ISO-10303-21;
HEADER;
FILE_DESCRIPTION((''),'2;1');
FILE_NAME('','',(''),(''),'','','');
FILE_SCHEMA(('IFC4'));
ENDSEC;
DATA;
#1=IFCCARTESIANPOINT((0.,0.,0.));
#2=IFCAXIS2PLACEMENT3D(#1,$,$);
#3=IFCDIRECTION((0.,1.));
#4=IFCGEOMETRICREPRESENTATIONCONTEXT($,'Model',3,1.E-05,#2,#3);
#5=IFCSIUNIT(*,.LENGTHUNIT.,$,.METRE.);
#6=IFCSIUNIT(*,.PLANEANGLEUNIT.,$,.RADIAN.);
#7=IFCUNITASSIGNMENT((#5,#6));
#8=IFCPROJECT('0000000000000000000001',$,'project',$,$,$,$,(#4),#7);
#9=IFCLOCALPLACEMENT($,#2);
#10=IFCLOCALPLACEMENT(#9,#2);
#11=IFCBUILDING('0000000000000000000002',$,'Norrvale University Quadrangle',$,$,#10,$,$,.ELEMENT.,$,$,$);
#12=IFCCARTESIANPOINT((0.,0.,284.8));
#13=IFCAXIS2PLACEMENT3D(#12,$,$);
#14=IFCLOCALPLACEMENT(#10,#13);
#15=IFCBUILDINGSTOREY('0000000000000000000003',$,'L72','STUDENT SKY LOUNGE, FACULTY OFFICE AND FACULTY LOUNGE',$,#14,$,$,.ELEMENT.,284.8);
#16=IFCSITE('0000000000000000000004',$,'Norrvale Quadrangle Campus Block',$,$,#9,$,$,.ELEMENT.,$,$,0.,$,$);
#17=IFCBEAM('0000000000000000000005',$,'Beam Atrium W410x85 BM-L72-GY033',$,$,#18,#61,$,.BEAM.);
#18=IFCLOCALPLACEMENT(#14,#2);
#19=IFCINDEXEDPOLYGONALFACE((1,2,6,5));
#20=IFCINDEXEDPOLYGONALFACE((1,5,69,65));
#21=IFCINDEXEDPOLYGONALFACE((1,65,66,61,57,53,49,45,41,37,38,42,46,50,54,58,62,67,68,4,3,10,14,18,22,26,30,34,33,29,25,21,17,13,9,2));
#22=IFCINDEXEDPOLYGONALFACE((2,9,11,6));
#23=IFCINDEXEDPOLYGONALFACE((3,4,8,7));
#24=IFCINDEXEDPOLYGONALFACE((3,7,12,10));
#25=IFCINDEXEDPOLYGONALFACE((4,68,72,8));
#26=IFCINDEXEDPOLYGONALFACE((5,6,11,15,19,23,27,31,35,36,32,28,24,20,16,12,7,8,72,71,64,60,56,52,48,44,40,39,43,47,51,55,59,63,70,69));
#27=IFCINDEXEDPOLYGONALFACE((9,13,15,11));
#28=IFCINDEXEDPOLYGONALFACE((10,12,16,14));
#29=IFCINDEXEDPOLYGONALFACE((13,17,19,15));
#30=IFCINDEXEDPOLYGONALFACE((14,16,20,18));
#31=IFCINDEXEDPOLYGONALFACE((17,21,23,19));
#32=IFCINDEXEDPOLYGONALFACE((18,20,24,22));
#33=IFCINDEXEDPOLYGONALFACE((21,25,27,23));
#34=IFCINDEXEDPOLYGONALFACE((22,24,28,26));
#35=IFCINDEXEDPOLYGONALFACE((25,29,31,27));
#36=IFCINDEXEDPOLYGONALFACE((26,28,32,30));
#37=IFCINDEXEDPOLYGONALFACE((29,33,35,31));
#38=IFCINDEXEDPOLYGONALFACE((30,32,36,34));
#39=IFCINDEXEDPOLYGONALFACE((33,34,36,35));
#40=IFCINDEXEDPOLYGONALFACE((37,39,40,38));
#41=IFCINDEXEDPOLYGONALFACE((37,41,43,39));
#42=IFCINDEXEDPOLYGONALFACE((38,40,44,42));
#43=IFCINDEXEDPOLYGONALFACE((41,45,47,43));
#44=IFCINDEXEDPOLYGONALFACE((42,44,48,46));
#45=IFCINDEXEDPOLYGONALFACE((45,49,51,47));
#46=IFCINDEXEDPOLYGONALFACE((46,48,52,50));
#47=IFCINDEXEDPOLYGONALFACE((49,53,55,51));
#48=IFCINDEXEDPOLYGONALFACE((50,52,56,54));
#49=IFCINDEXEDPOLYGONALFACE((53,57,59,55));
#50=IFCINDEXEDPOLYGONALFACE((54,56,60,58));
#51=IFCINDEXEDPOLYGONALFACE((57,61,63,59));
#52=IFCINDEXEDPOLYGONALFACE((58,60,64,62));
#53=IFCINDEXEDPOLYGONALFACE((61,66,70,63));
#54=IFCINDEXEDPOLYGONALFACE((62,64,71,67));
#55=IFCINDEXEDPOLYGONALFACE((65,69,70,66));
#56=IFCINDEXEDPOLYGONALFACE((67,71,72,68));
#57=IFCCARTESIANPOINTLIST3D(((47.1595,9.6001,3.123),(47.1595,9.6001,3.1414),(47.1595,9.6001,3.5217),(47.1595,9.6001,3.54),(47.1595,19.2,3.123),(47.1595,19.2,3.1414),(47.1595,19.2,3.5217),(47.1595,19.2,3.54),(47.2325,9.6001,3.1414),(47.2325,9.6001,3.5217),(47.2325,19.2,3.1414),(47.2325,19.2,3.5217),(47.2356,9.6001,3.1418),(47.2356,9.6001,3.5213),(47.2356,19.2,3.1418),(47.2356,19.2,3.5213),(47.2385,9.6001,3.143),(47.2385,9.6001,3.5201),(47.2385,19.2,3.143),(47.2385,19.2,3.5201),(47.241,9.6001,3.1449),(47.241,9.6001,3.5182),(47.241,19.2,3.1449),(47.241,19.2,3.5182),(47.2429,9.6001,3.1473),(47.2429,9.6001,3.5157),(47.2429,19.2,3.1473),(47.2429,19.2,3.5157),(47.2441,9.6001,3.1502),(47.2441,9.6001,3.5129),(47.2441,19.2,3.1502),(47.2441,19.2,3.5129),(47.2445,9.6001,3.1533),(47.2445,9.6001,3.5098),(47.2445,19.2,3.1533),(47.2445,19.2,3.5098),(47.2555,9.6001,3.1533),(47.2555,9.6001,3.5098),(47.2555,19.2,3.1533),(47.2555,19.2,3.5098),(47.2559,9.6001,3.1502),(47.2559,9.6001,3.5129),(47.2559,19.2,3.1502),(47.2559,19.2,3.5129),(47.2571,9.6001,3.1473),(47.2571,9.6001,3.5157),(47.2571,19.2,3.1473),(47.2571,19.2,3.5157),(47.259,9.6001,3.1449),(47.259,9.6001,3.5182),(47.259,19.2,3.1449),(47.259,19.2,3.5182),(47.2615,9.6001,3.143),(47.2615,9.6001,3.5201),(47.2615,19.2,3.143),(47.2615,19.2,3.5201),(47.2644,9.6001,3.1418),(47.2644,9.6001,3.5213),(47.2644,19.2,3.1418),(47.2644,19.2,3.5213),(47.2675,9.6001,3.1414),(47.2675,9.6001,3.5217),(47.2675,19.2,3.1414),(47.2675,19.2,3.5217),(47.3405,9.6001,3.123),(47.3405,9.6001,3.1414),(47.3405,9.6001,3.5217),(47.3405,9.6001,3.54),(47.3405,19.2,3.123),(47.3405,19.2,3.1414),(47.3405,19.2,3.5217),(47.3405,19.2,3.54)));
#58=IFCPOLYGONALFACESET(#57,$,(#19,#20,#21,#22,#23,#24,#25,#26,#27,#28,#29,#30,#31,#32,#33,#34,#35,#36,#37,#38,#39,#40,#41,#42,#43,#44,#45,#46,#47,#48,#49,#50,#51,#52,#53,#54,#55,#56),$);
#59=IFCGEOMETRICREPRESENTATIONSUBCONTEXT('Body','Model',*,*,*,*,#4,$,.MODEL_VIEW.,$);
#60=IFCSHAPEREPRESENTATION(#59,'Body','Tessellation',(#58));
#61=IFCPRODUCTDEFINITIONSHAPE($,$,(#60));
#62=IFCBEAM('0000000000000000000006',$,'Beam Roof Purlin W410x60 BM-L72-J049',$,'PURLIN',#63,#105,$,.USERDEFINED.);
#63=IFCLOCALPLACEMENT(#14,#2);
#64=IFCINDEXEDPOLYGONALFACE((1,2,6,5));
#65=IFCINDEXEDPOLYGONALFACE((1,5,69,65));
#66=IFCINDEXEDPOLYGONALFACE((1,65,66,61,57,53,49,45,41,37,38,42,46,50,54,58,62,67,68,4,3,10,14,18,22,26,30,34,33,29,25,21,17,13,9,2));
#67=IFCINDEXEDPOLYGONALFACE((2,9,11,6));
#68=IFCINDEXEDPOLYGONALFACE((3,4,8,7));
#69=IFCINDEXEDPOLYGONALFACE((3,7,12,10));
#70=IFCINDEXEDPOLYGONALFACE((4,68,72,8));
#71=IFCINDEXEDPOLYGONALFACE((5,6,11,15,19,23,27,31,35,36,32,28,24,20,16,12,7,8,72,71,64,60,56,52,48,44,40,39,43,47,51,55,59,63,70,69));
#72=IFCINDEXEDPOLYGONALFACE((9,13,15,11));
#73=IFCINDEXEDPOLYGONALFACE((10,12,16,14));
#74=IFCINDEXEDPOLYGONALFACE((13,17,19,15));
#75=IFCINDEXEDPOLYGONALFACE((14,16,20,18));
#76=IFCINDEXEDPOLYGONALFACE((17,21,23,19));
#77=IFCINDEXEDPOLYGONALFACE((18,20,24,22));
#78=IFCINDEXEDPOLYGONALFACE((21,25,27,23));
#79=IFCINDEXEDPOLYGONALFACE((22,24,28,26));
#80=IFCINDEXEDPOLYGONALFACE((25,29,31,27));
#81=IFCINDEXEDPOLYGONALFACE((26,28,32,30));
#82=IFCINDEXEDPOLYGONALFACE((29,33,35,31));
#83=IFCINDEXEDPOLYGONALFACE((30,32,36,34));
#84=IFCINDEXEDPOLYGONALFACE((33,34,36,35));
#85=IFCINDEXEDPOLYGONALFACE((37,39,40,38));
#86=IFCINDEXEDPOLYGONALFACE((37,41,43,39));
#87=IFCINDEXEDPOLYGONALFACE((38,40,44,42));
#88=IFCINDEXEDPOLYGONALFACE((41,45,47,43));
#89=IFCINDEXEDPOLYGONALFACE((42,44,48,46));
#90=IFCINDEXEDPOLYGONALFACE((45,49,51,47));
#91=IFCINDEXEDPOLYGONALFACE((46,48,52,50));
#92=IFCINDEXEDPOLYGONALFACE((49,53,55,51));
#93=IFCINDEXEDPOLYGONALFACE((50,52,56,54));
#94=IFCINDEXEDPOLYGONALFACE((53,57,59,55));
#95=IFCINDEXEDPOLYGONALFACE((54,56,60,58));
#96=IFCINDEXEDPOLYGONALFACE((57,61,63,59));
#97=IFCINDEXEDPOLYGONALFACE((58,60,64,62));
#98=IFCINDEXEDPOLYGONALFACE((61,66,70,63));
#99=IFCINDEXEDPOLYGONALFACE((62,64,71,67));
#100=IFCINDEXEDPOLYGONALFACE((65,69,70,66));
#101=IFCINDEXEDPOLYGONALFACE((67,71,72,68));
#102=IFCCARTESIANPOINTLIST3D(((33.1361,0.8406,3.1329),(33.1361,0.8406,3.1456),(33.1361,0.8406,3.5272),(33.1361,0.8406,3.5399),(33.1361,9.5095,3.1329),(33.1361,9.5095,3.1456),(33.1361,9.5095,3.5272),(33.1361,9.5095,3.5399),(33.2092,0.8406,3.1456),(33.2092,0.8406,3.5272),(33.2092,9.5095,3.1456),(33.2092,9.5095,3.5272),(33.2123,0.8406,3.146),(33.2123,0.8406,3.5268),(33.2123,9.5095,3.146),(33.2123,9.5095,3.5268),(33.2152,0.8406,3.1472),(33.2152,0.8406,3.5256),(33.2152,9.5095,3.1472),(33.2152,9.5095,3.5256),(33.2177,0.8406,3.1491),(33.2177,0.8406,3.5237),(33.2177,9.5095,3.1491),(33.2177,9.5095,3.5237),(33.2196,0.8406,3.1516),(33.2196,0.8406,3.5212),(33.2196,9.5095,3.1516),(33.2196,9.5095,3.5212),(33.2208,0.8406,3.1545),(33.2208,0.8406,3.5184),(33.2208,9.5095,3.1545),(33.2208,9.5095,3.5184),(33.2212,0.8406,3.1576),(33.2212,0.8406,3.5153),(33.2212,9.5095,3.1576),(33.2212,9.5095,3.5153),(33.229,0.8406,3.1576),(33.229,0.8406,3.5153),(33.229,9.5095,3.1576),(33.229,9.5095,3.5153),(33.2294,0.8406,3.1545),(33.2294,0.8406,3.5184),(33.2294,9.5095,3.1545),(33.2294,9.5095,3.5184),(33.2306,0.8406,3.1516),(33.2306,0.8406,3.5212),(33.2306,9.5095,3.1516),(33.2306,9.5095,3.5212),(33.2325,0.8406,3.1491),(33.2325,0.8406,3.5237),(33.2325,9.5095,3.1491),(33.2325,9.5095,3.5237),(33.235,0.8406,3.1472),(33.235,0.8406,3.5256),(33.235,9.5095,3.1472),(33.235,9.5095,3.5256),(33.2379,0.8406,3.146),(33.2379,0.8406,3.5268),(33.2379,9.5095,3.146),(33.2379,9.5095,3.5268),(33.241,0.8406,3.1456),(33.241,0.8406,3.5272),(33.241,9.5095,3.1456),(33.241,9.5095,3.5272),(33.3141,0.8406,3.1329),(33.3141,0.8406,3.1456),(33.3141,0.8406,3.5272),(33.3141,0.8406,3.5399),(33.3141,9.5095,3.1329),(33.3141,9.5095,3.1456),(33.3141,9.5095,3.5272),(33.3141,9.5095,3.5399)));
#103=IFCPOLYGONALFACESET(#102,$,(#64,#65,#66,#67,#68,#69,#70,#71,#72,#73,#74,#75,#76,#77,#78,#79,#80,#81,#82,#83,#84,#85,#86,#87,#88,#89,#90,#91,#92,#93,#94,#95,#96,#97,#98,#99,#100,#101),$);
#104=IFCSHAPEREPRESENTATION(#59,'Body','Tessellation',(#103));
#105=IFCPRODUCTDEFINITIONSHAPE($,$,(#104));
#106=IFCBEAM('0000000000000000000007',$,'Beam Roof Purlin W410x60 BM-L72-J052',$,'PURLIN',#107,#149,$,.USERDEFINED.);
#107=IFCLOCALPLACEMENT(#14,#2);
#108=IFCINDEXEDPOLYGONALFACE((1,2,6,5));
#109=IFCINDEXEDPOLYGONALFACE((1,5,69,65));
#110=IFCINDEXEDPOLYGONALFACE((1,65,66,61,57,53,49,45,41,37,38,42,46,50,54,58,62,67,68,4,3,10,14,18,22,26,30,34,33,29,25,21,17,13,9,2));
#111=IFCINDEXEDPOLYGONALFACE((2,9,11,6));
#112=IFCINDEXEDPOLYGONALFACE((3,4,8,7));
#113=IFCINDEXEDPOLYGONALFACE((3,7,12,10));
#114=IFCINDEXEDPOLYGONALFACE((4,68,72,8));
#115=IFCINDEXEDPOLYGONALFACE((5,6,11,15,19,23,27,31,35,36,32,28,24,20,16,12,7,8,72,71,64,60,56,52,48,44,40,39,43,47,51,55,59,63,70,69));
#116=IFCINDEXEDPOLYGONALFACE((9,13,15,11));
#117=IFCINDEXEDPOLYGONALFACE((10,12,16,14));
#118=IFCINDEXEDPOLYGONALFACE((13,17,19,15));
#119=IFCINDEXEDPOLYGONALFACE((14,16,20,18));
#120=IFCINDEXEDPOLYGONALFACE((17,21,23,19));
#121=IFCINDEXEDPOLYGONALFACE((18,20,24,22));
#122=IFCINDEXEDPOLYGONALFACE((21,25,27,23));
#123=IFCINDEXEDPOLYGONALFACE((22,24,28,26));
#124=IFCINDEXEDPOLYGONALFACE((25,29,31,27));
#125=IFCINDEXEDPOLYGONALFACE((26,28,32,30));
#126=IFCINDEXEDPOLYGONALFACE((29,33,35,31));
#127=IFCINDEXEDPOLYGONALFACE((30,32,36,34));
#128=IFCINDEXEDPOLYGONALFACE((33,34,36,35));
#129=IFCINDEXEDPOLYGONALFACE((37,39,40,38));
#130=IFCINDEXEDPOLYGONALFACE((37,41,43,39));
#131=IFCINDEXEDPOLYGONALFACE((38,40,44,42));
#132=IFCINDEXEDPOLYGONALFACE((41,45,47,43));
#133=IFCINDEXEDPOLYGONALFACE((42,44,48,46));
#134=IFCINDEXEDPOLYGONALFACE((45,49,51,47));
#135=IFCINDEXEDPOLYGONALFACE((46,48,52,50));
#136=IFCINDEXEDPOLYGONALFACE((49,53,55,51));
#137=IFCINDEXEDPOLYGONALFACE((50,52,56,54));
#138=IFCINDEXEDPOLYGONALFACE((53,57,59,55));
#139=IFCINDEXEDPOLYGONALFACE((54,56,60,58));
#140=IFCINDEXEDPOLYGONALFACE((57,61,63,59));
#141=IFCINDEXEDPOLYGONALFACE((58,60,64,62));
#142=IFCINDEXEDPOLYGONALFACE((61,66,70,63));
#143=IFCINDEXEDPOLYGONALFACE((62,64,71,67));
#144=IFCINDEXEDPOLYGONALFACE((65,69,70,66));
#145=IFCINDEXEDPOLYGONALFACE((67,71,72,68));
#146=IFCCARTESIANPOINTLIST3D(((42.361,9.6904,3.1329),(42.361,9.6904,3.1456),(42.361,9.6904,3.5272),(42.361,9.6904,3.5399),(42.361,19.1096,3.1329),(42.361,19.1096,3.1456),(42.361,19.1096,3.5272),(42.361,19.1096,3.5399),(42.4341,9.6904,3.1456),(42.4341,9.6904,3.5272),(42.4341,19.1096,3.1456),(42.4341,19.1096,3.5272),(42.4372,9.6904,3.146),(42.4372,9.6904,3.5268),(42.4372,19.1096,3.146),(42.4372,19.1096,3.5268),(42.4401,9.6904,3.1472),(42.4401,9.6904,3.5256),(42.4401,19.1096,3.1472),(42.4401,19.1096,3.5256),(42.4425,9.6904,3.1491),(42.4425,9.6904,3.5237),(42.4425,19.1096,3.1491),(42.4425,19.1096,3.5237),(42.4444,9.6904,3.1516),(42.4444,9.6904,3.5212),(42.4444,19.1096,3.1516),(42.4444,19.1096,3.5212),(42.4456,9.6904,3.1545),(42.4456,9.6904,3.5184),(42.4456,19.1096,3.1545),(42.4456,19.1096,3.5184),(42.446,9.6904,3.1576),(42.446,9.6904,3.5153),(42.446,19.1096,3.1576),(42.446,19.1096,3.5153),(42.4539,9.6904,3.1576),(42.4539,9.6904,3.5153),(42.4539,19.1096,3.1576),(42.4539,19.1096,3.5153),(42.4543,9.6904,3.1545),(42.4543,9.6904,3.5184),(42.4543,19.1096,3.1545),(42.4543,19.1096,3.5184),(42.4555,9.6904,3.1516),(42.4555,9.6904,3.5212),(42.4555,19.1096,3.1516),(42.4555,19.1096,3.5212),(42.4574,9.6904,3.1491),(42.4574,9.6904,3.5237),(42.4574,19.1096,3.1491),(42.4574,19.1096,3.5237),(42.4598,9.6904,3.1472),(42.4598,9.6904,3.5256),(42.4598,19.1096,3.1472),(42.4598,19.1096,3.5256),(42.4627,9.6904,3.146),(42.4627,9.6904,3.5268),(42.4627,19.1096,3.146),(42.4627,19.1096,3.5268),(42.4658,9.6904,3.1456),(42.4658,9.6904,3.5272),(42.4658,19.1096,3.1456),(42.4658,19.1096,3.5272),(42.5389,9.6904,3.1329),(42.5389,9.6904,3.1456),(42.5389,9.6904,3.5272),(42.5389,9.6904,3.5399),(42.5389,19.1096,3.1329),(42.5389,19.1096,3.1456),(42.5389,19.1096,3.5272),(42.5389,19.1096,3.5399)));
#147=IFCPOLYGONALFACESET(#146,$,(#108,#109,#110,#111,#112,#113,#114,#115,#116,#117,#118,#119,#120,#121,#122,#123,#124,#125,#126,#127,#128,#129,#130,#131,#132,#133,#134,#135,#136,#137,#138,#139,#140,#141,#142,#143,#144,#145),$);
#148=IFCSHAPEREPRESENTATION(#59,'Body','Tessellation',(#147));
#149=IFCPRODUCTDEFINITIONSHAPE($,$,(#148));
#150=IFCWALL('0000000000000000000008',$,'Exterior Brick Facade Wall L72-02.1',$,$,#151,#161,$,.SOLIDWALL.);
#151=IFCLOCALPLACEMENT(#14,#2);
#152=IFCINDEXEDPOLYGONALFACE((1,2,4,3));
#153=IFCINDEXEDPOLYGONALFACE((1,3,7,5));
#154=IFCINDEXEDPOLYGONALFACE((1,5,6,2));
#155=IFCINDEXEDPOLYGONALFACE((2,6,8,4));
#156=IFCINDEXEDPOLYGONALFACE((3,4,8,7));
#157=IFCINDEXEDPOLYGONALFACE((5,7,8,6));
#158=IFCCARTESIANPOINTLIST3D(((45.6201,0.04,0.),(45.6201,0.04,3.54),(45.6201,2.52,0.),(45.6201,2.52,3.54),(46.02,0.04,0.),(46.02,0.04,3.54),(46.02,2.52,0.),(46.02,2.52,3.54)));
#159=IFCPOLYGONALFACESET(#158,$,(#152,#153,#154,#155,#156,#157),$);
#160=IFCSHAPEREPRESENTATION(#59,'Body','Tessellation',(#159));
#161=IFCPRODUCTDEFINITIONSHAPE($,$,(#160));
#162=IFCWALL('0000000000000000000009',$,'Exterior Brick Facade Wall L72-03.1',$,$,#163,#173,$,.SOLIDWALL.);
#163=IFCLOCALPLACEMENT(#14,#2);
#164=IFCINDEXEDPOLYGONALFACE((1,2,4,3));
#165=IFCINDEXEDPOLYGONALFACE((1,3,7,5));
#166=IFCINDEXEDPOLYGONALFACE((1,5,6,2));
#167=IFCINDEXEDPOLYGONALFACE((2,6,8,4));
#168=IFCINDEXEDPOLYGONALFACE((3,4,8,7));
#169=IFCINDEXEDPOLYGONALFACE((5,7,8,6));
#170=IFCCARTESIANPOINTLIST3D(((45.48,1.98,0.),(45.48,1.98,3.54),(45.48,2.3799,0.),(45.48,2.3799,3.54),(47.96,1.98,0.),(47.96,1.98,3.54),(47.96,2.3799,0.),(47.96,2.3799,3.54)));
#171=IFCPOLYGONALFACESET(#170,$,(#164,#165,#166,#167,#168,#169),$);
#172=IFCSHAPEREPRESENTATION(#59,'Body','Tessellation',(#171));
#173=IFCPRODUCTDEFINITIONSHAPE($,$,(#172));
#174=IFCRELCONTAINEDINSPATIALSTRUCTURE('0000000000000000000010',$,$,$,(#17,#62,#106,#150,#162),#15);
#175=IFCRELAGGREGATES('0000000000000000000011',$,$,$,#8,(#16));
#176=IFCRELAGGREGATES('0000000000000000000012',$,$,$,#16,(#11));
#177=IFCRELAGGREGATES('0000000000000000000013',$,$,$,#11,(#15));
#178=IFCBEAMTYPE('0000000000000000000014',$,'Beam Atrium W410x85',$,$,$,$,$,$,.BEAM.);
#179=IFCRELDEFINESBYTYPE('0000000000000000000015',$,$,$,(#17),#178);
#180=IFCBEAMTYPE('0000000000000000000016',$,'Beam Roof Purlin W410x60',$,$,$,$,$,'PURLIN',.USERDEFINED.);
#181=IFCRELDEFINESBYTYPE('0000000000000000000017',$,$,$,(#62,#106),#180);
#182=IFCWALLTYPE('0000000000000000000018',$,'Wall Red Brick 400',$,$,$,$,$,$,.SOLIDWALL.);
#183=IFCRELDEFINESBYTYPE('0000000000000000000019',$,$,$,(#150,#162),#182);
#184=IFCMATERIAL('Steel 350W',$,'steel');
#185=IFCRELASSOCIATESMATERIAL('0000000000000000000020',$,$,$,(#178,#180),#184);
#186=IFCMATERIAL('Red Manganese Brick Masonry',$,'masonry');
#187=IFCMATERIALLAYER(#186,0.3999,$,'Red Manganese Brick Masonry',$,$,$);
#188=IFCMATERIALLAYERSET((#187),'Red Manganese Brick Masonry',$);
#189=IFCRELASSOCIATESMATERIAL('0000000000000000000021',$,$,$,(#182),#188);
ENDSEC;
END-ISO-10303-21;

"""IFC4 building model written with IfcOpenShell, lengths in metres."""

from ifc_helpers import new_model, si_unit, direction, frame, frame_2d, origin, origin_2d, place, context, subcontext, project, spatial, rectangle, i_section, extrude, material, layer, layer_set, material_profile, profile_set, type_object, element, save


model = new_model("IFC4")

# Units and contexts
model_context = context("Model", 3, precision=1e-05, world=origin(), true_north=direction((0.0, 1.0)))
body_context = subcontext(model_context, "Body", "Model", "MODEL_VIEW")
ifc_project = project(units=[si_unit("LENGTHUNIT", "METRE"), si_unit("PLANEANGLEUNIT", "RADIAN")], contexts=[model_context])

# Site, building, storey
site_placement = place(None, origin())
site = spatial("IfcSite", under=ifc_project, at=site_placement, Name="Norrvale Quadrangle Campus Block", CompositionType="ELEMENT", RefElevation=0.0)
building_placement = place(site_placement, origin())
building = spatial("IfcBuilding", under=site, at=building_placement, Name="Norrvale University Quadrangle", CompositionType="ELEMENT")
storey_placement = place(building_placement, frame((0.0, 0.0, 284.8)))
storey = spatial("IfcBuildingStorey", under=building, at=storey_placement, Name="L72", Description="STUDENT SKY LOUNGE, FACULTY OFFICE AND FACULTY LOUNGE", CompositionType="ELEMENT", Elevation=284.8)

# Beams
ifc_material_1 = material(Name="Steel 350W", Category="steel")
ifc_material_profile_1 = material_profile(ifc_material_1, i_section(OverallWidth=0.1809, OverallDepth=0.417, WebThickness=0.011, FlangeThickness=0.0183, FilletRadius=0.012, at=origin_2d()), Name="Steel 350W")
ifc_profile_set_1 = profile_set([ifc_material_profile_1], Name="Steel 350W")
beam_type_1 = type_object("IfcBeamType", Name="Beam Atrium W410x85", PredefinedType="BEAM", material=ifc_profile_set_1)
for number, where, z_axis, x_axis, name in (
    (1, (47.25, 9.6001, 3.3315), (0.0, 1.0, 0.0), (-1.0, 0.0, 0.0), "Beam Atrium W410x85 BM-L72-GY033"),
):
    element("IfcBeam", number, at=place(storey_placement, frame(where, z_axis=z_axis, x_axis=x_axis)), inside=storey, type_object=beam_type_1, Name=name, PredefinedType="BEAM", context=body_context, shape_type="SweptSolid", body=[
        extrude(i_section(OverallWidth=0.1809, OverallDepth=0.417, WebThickness=0.011, FlangeThickness=0.0183, FilletRadius=0.012, at=origin_2d()), origin(), (0.0, 0.0, 1.0), 9.5999),
    ])
ifc_material_profile_2 = material_profile(ifc_material_1, i_section(OverallWidth=0.178, OverallDepth=0.407, WebThickness=0.0078, FlangeThickness=0.0127, FilletRadius=0.012, at=origin_2d()), Name="Steel 350W")
ifc_profile_set_2 = profile_set([ifc_material_profile_2], Name="Steel 350W")
beam_type_2 = type_object("IfcBeamType", Name="Beam Roof Purlin W410x60", ElementType="PURLIN", PredefinedType="USERDEFINED", material=ifc_profile_set_2)
beam_1_placement = place(storey_placement, frame((33.2251, 0.8406, 3.3364), z_axis=(0.0, 1.0, 0.0), x_axis=(-1.0, 0.0, 0.0)))
element("IfcBeam", 2, at=beam_1_placement, inside=storey, type_object=beam_type_2, Name="Beam Roof Purlin W410x60 BM-L72-J049", ObjectType="PURLIN", PredefinedType="USERDEFINED", context=body_context, shape_type="SweptSolid", body=[
    extrude(i_section(OverallWidth=0.178, OverallDepth=0.407, WebThickness=0.0078, FlangeThickness=0.0127, FilletRadius=0.012, at=origin_2d()), origin(), (0.0, 0.0, 1.0), 8.6689),
])
beam_2_placement = place(storey_placement, frame((42.45, 9.6904, 3.3364), z_axis=(0.0, 1.0, 0.0), x_axis=(-1.0, 0.0, 0.0)))
element("IfcBeam", 3, at=beam_2_placement, inside=storey, type_object=beam_type_2, Name="Beam Roof Purlin W410x60 BM-L72-J052", ObjectType="PURLIN", PredefinedType="USERDEFINED", context=body_context, shape_type="SweptSolid", body=[
    extrude(i_section(OverallWidth=0.178, OverallDepth=0.407, WebThickness=0.0078, FlangeThickness=0.0127, FilletRadius=0.012, at=origin_2d()), origin(), (0.0, 0.0, 1.0), 9.4192),
])

# Walls
ifc_material_2 = material(Name="Red Manganese Brick Masonry", Category="masonry")
ifc_layer_1 = layer(ifc_material_2, 0.3999, Name="Red Manganese Brick Masonry")
ifc_layer_set_1 = layer_set([ifc_layer_1], Name="Red Manganese Brick Masonry")
wall_type_1 = type_object("IfcWallType", Name="Wall Red Brick 400", PredefinedType="SOLIDWALL", material=ifc_layer_set_1)
for number, where, z_axis, x_axis, name in (
    (4, (45.8201, 0.04, 0.0), (0.0, 0.0, 1.0), (0.0, 1.0, 0.0), "Exterior Brick Facade Wall L72-02.1"),
    (5, (45.48, 2.1799, 0.0), (0.0, 0.0, 1.0), (1.0, 0.0, 0.0), "Exterior Brick Facade Wall L72-03.1"),
):
    element("IfcWall", number, at=place(storey_placement, frame(where, z_axis=z_axis, x_axis=x_axis)), inside=storey, type_object=wall_type_1, Name=name, PredefinedType="SOLIDWALL", context=body_context, shape_type="SweptSolid", body=[
        extrude(rectangle(XDim=2.48, YDim=0.3999, at=frame_2d((1.24, 0.0))), origin(), (0.0, 0.0, 1.0), 3.54),
    ])

save(model, "model.ifc")
